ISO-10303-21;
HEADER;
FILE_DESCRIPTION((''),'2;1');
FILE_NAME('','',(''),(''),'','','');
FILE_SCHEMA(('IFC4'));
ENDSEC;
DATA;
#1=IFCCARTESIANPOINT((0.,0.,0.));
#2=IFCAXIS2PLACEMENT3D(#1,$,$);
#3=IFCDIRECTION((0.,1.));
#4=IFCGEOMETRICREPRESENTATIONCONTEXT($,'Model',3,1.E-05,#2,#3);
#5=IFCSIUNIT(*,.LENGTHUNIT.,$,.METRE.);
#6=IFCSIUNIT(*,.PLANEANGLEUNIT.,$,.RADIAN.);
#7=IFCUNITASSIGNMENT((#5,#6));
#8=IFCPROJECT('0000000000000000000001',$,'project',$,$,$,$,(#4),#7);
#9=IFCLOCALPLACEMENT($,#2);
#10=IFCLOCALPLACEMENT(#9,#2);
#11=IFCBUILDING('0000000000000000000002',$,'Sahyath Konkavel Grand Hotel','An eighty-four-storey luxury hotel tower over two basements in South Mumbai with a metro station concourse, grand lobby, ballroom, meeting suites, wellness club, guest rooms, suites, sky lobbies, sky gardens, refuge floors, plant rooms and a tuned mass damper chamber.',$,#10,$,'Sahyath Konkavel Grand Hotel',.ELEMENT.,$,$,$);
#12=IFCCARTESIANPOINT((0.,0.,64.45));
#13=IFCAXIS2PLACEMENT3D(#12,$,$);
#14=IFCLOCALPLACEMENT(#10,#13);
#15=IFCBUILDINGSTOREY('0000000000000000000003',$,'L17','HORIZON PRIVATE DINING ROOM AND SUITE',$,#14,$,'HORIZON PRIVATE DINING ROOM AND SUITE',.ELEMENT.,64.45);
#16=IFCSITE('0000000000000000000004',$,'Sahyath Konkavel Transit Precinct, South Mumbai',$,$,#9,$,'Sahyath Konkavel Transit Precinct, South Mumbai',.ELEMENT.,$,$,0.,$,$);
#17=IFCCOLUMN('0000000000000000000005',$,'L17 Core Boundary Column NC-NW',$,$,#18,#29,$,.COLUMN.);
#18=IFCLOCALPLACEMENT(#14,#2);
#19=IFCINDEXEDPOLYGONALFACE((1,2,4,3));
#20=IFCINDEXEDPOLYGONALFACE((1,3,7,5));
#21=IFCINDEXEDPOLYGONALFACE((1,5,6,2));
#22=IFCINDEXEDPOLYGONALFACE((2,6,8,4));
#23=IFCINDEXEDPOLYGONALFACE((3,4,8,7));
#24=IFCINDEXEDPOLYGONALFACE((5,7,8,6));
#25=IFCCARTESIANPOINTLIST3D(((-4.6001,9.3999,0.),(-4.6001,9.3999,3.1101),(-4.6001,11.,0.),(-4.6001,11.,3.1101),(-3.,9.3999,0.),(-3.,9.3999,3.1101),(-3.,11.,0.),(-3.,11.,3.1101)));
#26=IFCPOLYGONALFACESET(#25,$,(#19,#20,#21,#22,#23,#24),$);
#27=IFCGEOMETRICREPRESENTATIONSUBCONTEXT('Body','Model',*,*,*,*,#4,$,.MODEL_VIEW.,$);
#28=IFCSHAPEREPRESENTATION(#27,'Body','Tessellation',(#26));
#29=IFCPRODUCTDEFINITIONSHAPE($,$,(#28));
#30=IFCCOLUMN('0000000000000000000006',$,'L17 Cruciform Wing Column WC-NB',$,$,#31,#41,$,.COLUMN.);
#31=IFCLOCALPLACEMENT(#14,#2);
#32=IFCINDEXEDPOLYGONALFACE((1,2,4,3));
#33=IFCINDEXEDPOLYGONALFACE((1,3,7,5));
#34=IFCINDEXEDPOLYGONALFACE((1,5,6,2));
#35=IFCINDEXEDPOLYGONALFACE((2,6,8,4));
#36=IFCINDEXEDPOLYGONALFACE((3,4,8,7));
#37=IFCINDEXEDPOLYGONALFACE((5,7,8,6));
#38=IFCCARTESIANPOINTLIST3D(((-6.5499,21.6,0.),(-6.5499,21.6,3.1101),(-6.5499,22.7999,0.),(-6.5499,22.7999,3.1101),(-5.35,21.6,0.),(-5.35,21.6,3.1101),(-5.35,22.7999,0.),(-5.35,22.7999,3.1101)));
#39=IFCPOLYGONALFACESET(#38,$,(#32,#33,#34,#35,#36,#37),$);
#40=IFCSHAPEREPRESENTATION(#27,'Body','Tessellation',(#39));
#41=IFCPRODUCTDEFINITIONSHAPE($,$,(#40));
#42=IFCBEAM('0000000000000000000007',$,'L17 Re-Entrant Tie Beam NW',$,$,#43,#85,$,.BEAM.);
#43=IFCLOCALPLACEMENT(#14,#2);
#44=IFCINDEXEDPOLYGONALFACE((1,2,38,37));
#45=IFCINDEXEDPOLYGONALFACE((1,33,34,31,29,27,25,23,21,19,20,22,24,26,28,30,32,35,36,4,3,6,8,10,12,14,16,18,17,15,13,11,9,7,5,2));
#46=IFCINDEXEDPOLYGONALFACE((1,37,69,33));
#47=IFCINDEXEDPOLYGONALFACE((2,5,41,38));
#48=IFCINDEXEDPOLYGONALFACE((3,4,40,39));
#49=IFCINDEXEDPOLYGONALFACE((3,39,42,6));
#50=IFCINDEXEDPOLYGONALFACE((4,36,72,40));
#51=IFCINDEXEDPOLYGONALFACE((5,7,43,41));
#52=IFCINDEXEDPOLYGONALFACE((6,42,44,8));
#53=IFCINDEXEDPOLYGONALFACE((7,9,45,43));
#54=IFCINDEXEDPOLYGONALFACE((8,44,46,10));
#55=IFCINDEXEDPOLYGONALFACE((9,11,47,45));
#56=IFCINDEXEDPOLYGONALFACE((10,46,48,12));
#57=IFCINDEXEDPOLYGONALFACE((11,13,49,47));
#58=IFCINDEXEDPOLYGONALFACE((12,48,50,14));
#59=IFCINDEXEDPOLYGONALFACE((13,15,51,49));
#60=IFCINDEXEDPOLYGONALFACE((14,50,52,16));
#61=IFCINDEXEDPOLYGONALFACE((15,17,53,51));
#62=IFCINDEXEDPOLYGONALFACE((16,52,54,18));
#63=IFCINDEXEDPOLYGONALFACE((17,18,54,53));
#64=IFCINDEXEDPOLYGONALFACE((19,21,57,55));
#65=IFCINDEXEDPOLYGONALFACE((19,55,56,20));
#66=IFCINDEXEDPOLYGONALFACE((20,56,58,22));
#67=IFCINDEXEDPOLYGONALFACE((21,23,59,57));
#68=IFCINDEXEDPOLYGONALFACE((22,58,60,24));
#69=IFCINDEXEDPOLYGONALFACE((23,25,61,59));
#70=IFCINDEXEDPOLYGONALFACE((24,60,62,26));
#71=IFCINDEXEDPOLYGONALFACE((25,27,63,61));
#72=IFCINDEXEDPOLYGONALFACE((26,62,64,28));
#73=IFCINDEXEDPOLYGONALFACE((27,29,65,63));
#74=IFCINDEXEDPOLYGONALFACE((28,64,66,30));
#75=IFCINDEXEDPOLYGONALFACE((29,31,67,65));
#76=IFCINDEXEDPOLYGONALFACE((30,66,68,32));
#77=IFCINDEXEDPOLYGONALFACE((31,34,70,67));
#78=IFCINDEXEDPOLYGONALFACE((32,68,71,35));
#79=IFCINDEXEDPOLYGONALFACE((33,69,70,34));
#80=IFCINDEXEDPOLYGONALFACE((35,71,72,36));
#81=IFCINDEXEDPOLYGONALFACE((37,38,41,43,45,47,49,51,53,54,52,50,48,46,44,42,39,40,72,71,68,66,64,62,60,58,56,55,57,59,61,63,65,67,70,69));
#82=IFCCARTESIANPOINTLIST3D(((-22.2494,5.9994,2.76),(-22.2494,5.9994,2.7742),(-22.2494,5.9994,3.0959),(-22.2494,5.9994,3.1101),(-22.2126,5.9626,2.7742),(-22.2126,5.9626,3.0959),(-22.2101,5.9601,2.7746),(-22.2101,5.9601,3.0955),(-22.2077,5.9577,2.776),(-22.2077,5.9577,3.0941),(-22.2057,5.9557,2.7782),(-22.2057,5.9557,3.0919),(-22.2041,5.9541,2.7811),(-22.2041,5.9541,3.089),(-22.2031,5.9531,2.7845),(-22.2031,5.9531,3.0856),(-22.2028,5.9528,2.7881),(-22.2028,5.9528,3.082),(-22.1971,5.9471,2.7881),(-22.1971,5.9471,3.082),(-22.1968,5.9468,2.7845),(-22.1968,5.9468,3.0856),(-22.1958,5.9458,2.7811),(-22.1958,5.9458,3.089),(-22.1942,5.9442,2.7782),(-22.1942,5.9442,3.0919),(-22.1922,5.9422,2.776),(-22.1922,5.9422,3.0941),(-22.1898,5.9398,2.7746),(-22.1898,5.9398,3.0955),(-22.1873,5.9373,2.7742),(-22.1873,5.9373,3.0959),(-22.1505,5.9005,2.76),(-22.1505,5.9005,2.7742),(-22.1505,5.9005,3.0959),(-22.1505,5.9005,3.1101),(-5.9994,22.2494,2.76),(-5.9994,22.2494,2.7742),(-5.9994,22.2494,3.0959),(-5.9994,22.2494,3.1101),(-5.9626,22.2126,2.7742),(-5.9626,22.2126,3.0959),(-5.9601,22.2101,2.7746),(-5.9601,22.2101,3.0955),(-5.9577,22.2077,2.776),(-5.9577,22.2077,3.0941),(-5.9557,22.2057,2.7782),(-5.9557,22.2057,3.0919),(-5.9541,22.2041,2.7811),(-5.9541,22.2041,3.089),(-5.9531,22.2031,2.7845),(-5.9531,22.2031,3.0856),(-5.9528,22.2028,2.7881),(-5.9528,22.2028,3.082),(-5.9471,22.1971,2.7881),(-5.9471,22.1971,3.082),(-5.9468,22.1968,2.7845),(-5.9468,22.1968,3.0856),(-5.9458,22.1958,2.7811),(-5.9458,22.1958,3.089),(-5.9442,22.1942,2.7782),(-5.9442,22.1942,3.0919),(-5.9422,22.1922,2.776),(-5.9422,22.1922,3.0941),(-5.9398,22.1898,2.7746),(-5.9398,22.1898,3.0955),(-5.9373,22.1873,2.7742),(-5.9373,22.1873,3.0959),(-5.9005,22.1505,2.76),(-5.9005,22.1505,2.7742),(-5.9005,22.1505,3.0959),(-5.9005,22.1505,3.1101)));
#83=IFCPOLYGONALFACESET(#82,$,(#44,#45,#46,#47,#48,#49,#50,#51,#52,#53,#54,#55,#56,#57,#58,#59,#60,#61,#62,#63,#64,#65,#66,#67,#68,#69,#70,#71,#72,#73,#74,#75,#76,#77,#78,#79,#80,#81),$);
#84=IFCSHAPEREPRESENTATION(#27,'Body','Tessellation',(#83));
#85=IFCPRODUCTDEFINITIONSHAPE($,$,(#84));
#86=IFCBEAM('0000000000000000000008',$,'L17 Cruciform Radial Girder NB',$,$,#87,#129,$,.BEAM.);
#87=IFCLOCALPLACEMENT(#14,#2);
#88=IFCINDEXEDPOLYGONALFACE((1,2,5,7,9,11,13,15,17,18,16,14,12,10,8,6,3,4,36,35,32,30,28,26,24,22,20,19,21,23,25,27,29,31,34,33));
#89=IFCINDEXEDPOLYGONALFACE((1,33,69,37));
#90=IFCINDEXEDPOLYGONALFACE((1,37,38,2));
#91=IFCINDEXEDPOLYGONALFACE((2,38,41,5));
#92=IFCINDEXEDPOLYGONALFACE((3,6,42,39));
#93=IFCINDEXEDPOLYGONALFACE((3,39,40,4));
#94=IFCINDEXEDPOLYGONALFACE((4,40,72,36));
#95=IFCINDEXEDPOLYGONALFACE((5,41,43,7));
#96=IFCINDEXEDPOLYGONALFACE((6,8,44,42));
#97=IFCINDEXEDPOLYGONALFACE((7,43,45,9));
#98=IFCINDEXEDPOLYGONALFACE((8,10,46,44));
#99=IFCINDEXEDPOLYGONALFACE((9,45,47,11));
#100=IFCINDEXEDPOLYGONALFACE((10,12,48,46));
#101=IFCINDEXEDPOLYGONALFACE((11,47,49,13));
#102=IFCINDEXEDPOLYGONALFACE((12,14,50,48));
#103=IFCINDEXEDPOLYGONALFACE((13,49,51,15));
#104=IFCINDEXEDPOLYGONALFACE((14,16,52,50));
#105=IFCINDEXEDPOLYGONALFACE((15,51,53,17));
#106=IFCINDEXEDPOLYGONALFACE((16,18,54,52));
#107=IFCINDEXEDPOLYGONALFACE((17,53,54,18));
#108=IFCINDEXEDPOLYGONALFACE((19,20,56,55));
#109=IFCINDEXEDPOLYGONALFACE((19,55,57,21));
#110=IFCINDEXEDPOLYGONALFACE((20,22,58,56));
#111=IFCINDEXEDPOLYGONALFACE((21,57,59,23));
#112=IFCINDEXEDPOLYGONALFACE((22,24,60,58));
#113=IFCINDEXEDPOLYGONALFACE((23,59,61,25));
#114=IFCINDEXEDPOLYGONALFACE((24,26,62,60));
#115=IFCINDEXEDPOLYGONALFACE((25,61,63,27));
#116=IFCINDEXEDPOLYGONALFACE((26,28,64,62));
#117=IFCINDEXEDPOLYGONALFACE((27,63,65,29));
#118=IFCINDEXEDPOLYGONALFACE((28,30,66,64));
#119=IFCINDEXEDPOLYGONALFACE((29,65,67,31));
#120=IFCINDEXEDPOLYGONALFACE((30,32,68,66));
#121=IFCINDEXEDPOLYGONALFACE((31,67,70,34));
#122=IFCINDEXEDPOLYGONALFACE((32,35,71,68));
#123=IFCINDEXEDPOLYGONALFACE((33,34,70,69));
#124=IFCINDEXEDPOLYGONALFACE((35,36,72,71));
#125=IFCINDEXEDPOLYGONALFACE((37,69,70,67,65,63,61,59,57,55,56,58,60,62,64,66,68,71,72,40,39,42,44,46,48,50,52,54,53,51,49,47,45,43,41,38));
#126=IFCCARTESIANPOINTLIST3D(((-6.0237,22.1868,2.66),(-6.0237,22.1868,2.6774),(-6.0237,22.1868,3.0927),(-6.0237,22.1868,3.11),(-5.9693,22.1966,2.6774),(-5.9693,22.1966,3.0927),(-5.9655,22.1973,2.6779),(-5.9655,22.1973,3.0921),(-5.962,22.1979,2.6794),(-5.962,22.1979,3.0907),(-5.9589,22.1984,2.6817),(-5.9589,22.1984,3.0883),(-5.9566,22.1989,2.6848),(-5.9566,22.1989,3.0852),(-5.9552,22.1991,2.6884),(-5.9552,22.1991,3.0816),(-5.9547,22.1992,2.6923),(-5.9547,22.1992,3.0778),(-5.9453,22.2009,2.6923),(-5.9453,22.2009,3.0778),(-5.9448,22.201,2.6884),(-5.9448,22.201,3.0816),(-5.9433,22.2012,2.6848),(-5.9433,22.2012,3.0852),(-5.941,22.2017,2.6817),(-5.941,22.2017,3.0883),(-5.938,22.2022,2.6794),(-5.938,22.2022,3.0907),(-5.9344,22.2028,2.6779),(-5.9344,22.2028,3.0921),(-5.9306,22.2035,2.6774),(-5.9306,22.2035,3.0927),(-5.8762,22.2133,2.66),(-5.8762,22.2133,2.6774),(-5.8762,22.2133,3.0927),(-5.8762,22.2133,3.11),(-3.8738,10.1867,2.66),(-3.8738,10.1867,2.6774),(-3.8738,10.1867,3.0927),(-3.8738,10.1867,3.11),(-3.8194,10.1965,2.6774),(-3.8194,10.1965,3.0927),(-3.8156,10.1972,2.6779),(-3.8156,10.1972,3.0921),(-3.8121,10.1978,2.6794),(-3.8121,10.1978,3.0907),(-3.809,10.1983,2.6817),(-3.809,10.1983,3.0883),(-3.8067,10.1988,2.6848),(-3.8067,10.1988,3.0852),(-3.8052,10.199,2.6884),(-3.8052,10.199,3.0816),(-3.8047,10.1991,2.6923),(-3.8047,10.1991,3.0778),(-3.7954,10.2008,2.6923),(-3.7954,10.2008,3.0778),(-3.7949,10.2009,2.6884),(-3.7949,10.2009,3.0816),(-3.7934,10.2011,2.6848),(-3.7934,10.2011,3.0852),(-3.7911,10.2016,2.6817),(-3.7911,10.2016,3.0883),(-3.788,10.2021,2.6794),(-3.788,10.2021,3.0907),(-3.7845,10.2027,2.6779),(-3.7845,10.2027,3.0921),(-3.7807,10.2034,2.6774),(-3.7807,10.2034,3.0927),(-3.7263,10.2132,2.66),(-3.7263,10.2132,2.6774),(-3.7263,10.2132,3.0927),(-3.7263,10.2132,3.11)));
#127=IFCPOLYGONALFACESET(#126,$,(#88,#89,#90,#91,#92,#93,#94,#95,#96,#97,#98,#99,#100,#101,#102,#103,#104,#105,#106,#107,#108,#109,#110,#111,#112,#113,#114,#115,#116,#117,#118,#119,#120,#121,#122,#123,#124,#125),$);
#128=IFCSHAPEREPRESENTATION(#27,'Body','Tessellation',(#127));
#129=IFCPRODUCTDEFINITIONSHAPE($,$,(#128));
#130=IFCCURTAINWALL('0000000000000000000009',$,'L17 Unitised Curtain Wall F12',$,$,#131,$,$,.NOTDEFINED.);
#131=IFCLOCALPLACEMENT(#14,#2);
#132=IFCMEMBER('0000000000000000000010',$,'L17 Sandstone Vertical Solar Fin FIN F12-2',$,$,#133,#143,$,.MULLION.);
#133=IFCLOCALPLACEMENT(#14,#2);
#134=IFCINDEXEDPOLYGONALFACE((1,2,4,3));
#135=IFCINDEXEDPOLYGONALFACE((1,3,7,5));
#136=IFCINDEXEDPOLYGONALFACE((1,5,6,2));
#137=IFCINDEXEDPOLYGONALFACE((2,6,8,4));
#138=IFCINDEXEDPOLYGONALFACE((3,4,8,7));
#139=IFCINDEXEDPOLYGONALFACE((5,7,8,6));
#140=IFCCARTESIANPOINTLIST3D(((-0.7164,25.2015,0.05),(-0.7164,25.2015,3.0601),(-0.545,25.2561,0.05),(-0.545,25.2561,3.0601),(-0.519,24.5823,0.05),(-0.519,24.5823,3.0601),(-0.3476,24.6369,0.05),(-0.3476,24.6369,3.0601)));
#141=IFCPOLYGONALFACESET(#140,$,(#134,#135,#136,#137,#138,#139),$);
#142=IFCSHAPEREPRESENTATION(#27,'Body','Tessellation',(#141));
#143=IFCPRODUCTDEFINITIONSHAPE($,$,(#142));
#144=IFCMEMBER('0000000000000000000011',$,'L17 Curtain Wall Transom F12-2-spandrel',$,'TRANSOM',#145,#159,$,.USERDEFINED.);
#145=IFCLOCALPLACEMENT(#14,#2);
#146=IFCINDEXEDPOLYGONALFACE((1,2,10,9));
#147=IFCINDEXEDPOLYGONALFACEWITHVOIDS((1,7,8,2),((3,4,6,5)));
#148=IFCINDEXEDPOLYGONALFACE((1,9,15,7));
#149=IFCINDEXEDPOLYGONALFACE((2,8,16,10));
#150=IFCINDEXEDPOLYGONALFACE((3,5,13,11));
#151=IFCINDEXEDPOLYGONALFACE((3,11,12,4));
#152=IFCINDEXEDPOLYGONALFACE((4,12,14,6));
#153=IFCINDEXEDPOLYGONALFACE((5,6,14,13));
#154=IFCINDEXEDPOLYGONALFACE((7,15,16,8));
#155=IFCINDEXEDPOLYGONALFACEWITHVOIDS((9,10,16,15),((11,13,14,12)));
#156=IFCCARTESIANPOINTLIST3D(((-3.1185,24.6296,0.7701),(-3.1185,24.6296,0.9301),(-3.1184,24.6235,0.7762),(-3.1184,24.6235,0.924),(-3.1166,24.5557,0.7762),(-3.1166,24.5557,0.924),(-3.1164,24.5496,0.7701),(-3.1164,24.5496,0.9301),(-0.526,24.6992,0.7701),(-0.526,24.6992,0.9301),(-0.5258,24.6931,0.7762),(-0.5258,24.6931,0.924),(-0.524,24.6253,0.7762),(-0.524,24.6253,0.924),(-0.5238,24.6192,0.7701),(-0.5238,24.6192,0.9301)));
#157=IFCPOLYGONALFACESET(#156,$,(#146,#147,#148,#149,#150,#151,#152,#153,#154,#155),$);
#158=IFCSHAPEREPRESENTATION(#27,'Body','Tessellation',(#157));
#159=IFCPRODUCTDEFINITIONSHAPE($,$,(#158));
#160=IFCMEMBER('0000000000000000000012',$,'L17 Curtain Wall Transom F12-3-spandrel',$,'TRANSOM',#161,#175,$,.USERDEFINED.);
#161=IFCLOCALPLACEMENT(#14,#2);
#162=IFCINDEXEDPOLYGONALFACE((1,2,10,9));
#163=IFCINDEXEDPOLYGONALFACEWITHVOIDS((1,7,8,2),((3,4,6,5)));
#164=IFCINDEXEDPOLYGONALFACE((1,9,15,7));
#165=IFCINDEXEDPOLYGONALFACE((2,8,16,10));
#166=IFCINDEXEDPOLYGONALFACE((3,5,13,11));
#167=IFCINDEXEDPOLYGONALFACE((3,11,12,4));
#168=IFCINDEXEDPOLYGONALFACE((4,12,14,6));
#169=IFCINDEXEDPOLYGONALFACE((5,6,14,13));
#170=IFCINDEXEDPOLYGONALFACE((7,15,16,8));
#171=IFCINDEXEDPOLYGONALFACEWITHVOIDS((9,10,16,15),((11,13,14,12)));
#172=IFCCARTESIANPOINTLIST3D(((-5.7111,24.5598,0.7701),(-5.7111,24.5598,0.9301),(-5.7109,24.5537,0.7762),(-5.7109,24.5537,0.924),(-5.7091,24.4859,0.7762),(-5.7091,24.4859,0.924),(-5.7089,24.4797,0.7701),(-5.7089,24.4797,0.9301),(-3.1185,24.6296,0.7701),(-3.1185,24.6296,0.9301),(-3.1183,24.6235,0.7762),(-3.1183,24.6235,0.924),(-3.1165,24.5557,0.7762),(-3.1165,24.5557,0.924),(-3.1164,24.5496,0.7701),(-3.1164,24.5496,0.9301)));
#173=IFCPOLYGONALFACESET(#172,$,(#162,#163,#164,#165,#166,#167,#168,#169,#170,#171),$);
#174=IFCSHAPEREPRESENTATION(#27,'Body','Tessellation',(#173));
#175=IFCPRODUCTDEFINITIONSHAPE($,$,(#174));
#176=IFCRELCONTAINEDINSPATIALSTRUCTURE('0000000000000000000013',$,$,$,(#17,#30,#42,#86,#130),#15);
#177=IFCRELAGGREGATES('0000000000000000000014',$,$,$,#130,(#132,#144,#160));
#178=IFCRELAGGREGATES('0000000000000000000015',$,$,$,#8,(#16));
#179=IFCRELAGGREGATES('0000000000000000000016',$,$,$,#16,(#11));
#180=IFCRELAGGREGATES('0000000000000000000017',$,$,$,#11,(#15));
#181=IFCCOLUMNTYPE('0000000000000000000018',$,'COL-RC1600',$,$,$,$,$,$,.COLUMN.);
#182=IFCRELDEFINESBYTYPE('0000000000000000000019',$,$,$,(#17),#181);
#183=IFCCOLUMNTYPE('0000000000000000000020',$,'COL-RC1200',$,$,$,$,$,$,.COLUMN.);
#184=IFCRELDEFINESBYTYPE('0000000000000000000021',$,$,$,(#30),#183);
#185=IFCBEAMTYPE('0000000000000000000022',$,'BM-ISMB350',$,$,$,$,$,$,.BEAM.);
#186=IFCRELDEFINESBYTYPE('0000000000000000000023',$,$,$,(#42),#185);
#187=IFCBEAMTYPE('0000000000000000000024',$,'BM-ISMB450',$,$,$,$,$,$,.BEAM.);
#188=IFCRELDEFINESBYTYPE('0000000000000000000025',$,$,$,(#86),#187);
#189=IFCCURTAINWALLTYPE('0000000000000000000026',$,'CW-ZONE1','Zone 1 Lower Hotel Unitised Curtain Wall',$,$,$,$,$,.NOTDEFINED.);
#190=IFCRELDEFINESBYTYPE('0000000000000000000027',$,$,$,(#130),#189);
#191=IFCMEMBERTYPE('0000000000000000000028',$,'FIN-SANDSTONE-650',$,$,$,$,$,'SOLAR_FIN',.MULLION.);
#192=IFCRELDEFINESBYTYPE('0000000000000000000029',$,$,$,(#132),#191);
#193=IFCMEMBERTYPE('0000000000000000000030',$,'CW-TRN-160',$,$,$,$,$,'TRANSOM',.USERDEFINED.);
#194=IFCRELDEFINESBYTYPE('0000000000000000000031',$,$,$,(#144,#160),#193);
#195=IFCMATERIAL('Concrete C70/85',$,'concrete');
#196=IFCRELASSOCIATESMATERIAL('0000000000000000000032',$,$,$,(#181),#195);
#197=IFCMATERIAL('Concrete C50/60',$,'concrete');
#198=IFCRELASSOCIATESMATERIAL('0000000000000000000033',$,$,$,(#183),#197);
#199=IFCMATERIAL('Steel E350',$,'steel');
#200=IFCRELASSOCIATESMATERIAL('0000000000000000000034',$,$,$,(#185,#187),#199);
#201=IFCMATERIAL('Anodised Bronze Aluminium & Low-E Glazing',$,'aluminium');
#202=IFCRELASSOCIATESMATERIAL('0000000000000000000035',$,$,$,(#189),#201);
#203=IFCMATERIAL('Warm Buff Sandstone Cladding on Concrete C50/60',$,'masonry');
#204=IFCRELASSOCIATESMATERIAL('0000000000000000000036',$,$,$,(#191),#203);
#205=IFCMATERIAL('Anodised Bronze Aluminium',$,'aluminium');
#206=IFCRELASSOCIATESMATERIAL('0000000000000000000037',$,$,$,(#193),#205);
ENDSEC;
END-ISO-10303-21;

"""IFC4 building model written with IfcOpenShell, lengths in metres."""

from ifc_helpers import new_model, si_unit, direction, frame, origin, origin_2d, place, context, subcontext, project, spatial, rectangle, hollow_rectangle, i_section, extrude, source, transform, mapped, material, material_profile, profile_set, type_object, element, aggregate, save


model = new_model("IFC4")

# Units and contexts
model_context = context("Model", 3, precision=1e-05, world=origin(), true_north=direction((0.0, 1.0)))
body_context = subcontext(model_context, "Body", "Model", "MODEL_VIEW")
ifc_project = project(units=[si_unit("LENGTHUNIT", "METRE"), si_unit("PLANEANGLEUNIT", "RADIAN")], contexts=[model_context])

# Site, building, storey
site_placement = place(None, origin())
site = spatial("IfcSite", under=ifc_project, at=site_placement, Name="Sahyath Konkavel Transit Precinct, South Mumbai", LongName="Sahyath Konkavel Transit Precinct, South Mumbai", CompositionType="ELEMENT", RefElevation=0.0)
building_placement = place(site_placement, origin())
building = spatial("IfcBuilding", under=site, at=building_placement, Name="Sahyath Konkavel Grand Hotel", Description="An eighty-four-storey luxury hotel tower over two basements in South Mumbai with a metro station concourse, grand lobby, ballroom, meeting suites, wellness club, guest rooms, suites, sky lobbies, sky gardens, refuge floors, plant rooms and a tuned mass damper chamber.", LongName="Sahyath Konkavel Grand Hotel", CompositionType="ELEMENT")
storey_placement = place(building_placement, frame((0.0, 0.0, 64.45)))
storey = spatial("IfcBuildingStorey", under=building, at=storey_placement, Name="L17", Description="HORIZON PRIVATE DINING ROOM AND SUITE", LongName="HORIZON PRIVATE DINING ROOM AND SUITE", CompositionType="ELEMENT", Elevation=64.45)

# Columns
ifc_material_1 = material(Name="Concrete C70/85", Category="concrete")
ifc_material_profile_1 = material_profile(ifc_material_1, rectangle(XDim=1.6001, YDim=1.6001, at=origin_2d()), Name="RC 1600x1600")
ifc_profile_set_1 = profile_set([ifc_material_profile_1], Name="Concrete C70/85")
column_type_1 = type_object("IfcColumnType", Name="COL-RC1600", PredefinedType="COLUMN", material=ifc_profile_set_1)
shared_shape_1 = source(origin(), body_context, "Body", "SweptSolid", [
    extrude(rectangle(XDim=1.6001, YDim=1.6001, at=origin_2d()), origin(), (0.0, 0.0, 1.0), 3.1101),
])
column_1_placement = place(storey_placement, frame((-3.8, 10.2, 0.0), z_axis=(0.0, 0.0, 1.0), x_axis=(1.0, 0.0, 0.0)))
element("IfcColumn", 1, at=column_1_placement, inside=storey, type_object=column_type_1, Name="L17 Core Boundary Column NC-NW", PredefinedType="COLUMN", context=body_context, shape_type="MappedRepresentation", body=[
    mapped(shared_shape_1, transform((0.0, 0.0, 0.0), scale=1.0)),
])
ifc_material_2 = material(Name="Concrete C50/60", Category="concrete")
ifc_material_profile_2 = material_profile(ifc_material_2, rectangle(XDim=1.2, YDim=1.2, at=origin_2d()), Name="RC 1200x1200")
ifc_profile_set_2 = profile_set([ifc_material_profile_2], Name="Concrete C50/60")
column_type_2 = type_object("IfcColumnType", Name="COL-RC1200", PredefinedType="COLUMN", material=ifc_profile_set_2)
shared_shape_2 = source(origin(), body_context, "Body", "SweptSolid", [
    extrude(rectangle(XDim=1.2, YDim=1.2, at=origin_2d()), origin(), (0.0, 0.0, 1.0), 3.1101),
])
column_2_placement = place(storey_placement, frame((-5.95, 22.2, 0.0), z_axis=(0.0, 0.0, 1.0), x_axis=(1.0, 0.0, 0.0)))
element("IfcColumn", 2, at=column_2_placement, inside=storey, type_object=column_type_2, Name="L17 Cruciform Wing Column WC-NB", PredefinedType="COLUMN", context=body_context, shape_type="MappedRepresentation", body=[
    mapped(shared_shape_2, transform((0.0, 0.0, 0.0), scale=1.0)),
])

# Beams
ifc_material_3 = material(Name="Steel E350", Category="steel")
ifc_material_profile_3 = material_profile(ifc_material_3, i_section(OverallWidth=0.1399, OverallDepth=0.3501, WebThickness=0.0081, FlangeThickness=0.0142, FilletRadius=0.0139, at=origin_2d()), Name="ISMB 350")
ifc_profile_set_3 = profile_set([ifc_material_profile_3], Name="Steel E350")
beam_type_1 = type_object("IfcBeamType", Name="BM-ISMB350", PredefinedType="BEAM", material=ifc_profile_set_3)
shared_shape_3 = source(origin(), body_context, "Body", "SweptSolid", [
    extrude(i_section(OverallWidth=0.1399, OverallDepth=0.3501, WebThickness=0.0081, FlangeThickness=0.0142, FilletRadius=0.0139, at=origin_2d()), origin(), (0.0, 0.0, 1.0), 22.981),
])
beam_1_placement = place(storey_placement, frame((-5.95, 22.2, 2.9351), z_axis=(-0.707107, -0.707107, 0.0), x_axis=(0.707107, -0.707107, 0.0)))
element("IfcBeam", 3, at=beam_1_placement, inside=storey, type_object=beam_type_1, Name="L17 Re-Entrant Tie Beam NW", PredefinedType="BEAM", context=body_context, shape_type="MappedRepresentation", body=[
    mapped(shared_shape_3, transform((0.0, 0.0, 0.0), scale=1.0)),
])
ifc_material_profile_4 = material_profile(ifc_material_3, i_section(OverallWidth=0.1499, OverallDepth=0.45, WebThickness=0.0095, FlangeThickness=0.0173, FilletRadius=0.0149, at=origin_2d()), Name="ISMB 450")
ifc_profile_set_4 = profile_set([ifc_material_profile_4], Name="Steel E350")
beam_type_2 = type_object("IfcBeamType", Name="BM-ISMB450", PredefinedType="BEAM", material=ifc_profile_set_4)
shared_shape_4 = source(origin(), body_context, "Body", "SweptSolid", [
    extrude(i_section(OverallWidth=0.1499, OverallDepth=0.45, WebThickness=0.0095, FlangeThickness=0.0173, FilletRadius=0.0149, at=origin_2d()), origin(), (0.0, 0.0, 1.0), 12.1912),
])
beam_2_placement = place(storey_placement, frame((-3.8, 10.2, 2.885), z_axis=(-0.176351, 0.984327, 0.0), x_axis=(-0.984327, -0.176351, 0.0)))
element("IfcBeam", 4, at=beam_2_placement, inside=storey, type_object=beam_type_2, Name="L17 Cruciform Radial Girder NB", PredefinedType="BEAM", context=body_context, shape_type="MappedRepresentation", body=[
    mapped(shared_shape_4, transform((0.0, 0.0, 0.0), scale=1.0)),
])

# Curtain wall, members
ifc_material_4 = material(Name="Anodised Bronze Aluminium & Low-E Glazing", Category="aluminium")
curtain_wall_type = type_object("IfcCurtainWallType", Name="CW-ZONE1", Description="Zone 1 Lower Hotel Unitised Curtain Wall", PredefinedType="NOTDEFINED", material=ifc_material_4)
curtain_wall_placement = place(storey_placement, origin())
curtain_wall = element("IfcCurtainWall", 5, at=curtain_wall_placement, inside=storey, type_object=curtain_wall_type, Name="L17 Unitised Curtain Wall F12", PredefinedType="NOTDEFINED")
ifc_material_5 = material(Name="Warm Buff Sandstone Cladding on Concrete C50/60", Category="masonry")
ifc_material_profile_5 = material_profile(ifc_material_5, rectangle(XDim=0.1799, YDim=0.6499, at=origin_2d()), Name="FIN 180x650")
ifc_profile_set_5 = profile_set([ifc_material_profile_5], Name="Warm Buff Sandstone Cladding on Concrete C50/60")
member_type_1 = type_object("IfcMemberType", Name="FIN-SANDSTONE-650", ElementType="SOLAR_FIN", PredefinedType="MULLION", material=ifc_profile_set_5)
shared_shape_5 = source(origin(), body_context, "Body", "SweptSolid", [
    extrude(rectangle(XDim=0.1799, YDim=0.6499, at=origin_2d()), origin(), (0.0, 0.0, 1.0), 3.01),
])
member_1_placement = place(storey_placement, frame((-0.532, 24.9192, 0.05), z_axis=(0.0, 0.0, 1.0), x_axis=(0.952768, 0.303701, 0.0)))
member_1 = element("IfcMember", 6, at=member_1_placement, type_object=member_type_1, Name="L17 Sandstone Vertical Solar Fin FIN F12-2", PredefinedType="MULLION", context=body_context, shape_type="MappedRepresentation", body=[
    mapped(shared_shape_5, transform((0.0, 0.0, 0.0), scale=1.0)),
])
ifc_material_6 = material(Name="Anodised Bronze Aluminium", Category="aluminium")
ifc_material_profile_6 = material_profile(ifc_material_6, hollow_rectangle(XDim=0.0801, YDim=0.1599, WallThickness=0.0061, at=origin_2d()), Name="RHS 160x80x6")
ifc_profile_set_6 = profile_set([ifc_material_profile_6], Name="Anodised Bronze Aluminium")
member_type_2 = type_object("IfcMemberType", Name="CW-TRN-160", ElementType="TRANSOM", PredefinedType="USERDEFINED", material=ifc_profile_set_6)
shared_shape_6 = source(origin(), body_context, "Body", "SweptSolid", [
    extrude(hollow_rectangle(XDim=0.0801, YDim=0.1599, WallThickness=0.0061, at=origin_2d()), origin(), (0.0, 0.0, 1.0), 2.5935),
])
member_2_placement = place(storey_placement, frame((-0.5249, 24.6592, 0.8501), z_axis=(-0.99964, -0.026829, 0.0), x_axis=(0.026829, -0.99964, 0.0)))
member_2 = element("IfcMember", 7, at=member_2_placement, type_object=member_type_2, Name="L17 Curtain Wall Transom F12-2-spandrel", ObjectType="TRANSOM", PredefinedType="USERDEFINED", context=body_context, shape_type="MappedRepresentation", body=[
    mapped(shared_shape_6, transform((0.0, 0.0, 0.0), scale=1.0)),
])
member_3_placement = place(storey_placement, frame((-3.1174, 24.5896, 0.8501), z_axis=(-0.999638, -0.026923, 0.0), x_axis=(0.026923, -0.999638, 0.0)))
member_3 = element("IfcMember", 8, at=member_3_placement, type_object=member_type_2, Name="L17 Curtain Wall Transom F12-3-spandrel", ObjectType="TRANSOM", PredefinedType="USERDEFINED", context=body_context, shape_type="MappedRepresentation", body=[
    mapped(shared_shape_6, transform((0.0, 0.0, 0.0), scale=1.0)),
])

aggregate(curtain_wall, [member_1, member_2, member_3])

save(model, "model.ifc")
